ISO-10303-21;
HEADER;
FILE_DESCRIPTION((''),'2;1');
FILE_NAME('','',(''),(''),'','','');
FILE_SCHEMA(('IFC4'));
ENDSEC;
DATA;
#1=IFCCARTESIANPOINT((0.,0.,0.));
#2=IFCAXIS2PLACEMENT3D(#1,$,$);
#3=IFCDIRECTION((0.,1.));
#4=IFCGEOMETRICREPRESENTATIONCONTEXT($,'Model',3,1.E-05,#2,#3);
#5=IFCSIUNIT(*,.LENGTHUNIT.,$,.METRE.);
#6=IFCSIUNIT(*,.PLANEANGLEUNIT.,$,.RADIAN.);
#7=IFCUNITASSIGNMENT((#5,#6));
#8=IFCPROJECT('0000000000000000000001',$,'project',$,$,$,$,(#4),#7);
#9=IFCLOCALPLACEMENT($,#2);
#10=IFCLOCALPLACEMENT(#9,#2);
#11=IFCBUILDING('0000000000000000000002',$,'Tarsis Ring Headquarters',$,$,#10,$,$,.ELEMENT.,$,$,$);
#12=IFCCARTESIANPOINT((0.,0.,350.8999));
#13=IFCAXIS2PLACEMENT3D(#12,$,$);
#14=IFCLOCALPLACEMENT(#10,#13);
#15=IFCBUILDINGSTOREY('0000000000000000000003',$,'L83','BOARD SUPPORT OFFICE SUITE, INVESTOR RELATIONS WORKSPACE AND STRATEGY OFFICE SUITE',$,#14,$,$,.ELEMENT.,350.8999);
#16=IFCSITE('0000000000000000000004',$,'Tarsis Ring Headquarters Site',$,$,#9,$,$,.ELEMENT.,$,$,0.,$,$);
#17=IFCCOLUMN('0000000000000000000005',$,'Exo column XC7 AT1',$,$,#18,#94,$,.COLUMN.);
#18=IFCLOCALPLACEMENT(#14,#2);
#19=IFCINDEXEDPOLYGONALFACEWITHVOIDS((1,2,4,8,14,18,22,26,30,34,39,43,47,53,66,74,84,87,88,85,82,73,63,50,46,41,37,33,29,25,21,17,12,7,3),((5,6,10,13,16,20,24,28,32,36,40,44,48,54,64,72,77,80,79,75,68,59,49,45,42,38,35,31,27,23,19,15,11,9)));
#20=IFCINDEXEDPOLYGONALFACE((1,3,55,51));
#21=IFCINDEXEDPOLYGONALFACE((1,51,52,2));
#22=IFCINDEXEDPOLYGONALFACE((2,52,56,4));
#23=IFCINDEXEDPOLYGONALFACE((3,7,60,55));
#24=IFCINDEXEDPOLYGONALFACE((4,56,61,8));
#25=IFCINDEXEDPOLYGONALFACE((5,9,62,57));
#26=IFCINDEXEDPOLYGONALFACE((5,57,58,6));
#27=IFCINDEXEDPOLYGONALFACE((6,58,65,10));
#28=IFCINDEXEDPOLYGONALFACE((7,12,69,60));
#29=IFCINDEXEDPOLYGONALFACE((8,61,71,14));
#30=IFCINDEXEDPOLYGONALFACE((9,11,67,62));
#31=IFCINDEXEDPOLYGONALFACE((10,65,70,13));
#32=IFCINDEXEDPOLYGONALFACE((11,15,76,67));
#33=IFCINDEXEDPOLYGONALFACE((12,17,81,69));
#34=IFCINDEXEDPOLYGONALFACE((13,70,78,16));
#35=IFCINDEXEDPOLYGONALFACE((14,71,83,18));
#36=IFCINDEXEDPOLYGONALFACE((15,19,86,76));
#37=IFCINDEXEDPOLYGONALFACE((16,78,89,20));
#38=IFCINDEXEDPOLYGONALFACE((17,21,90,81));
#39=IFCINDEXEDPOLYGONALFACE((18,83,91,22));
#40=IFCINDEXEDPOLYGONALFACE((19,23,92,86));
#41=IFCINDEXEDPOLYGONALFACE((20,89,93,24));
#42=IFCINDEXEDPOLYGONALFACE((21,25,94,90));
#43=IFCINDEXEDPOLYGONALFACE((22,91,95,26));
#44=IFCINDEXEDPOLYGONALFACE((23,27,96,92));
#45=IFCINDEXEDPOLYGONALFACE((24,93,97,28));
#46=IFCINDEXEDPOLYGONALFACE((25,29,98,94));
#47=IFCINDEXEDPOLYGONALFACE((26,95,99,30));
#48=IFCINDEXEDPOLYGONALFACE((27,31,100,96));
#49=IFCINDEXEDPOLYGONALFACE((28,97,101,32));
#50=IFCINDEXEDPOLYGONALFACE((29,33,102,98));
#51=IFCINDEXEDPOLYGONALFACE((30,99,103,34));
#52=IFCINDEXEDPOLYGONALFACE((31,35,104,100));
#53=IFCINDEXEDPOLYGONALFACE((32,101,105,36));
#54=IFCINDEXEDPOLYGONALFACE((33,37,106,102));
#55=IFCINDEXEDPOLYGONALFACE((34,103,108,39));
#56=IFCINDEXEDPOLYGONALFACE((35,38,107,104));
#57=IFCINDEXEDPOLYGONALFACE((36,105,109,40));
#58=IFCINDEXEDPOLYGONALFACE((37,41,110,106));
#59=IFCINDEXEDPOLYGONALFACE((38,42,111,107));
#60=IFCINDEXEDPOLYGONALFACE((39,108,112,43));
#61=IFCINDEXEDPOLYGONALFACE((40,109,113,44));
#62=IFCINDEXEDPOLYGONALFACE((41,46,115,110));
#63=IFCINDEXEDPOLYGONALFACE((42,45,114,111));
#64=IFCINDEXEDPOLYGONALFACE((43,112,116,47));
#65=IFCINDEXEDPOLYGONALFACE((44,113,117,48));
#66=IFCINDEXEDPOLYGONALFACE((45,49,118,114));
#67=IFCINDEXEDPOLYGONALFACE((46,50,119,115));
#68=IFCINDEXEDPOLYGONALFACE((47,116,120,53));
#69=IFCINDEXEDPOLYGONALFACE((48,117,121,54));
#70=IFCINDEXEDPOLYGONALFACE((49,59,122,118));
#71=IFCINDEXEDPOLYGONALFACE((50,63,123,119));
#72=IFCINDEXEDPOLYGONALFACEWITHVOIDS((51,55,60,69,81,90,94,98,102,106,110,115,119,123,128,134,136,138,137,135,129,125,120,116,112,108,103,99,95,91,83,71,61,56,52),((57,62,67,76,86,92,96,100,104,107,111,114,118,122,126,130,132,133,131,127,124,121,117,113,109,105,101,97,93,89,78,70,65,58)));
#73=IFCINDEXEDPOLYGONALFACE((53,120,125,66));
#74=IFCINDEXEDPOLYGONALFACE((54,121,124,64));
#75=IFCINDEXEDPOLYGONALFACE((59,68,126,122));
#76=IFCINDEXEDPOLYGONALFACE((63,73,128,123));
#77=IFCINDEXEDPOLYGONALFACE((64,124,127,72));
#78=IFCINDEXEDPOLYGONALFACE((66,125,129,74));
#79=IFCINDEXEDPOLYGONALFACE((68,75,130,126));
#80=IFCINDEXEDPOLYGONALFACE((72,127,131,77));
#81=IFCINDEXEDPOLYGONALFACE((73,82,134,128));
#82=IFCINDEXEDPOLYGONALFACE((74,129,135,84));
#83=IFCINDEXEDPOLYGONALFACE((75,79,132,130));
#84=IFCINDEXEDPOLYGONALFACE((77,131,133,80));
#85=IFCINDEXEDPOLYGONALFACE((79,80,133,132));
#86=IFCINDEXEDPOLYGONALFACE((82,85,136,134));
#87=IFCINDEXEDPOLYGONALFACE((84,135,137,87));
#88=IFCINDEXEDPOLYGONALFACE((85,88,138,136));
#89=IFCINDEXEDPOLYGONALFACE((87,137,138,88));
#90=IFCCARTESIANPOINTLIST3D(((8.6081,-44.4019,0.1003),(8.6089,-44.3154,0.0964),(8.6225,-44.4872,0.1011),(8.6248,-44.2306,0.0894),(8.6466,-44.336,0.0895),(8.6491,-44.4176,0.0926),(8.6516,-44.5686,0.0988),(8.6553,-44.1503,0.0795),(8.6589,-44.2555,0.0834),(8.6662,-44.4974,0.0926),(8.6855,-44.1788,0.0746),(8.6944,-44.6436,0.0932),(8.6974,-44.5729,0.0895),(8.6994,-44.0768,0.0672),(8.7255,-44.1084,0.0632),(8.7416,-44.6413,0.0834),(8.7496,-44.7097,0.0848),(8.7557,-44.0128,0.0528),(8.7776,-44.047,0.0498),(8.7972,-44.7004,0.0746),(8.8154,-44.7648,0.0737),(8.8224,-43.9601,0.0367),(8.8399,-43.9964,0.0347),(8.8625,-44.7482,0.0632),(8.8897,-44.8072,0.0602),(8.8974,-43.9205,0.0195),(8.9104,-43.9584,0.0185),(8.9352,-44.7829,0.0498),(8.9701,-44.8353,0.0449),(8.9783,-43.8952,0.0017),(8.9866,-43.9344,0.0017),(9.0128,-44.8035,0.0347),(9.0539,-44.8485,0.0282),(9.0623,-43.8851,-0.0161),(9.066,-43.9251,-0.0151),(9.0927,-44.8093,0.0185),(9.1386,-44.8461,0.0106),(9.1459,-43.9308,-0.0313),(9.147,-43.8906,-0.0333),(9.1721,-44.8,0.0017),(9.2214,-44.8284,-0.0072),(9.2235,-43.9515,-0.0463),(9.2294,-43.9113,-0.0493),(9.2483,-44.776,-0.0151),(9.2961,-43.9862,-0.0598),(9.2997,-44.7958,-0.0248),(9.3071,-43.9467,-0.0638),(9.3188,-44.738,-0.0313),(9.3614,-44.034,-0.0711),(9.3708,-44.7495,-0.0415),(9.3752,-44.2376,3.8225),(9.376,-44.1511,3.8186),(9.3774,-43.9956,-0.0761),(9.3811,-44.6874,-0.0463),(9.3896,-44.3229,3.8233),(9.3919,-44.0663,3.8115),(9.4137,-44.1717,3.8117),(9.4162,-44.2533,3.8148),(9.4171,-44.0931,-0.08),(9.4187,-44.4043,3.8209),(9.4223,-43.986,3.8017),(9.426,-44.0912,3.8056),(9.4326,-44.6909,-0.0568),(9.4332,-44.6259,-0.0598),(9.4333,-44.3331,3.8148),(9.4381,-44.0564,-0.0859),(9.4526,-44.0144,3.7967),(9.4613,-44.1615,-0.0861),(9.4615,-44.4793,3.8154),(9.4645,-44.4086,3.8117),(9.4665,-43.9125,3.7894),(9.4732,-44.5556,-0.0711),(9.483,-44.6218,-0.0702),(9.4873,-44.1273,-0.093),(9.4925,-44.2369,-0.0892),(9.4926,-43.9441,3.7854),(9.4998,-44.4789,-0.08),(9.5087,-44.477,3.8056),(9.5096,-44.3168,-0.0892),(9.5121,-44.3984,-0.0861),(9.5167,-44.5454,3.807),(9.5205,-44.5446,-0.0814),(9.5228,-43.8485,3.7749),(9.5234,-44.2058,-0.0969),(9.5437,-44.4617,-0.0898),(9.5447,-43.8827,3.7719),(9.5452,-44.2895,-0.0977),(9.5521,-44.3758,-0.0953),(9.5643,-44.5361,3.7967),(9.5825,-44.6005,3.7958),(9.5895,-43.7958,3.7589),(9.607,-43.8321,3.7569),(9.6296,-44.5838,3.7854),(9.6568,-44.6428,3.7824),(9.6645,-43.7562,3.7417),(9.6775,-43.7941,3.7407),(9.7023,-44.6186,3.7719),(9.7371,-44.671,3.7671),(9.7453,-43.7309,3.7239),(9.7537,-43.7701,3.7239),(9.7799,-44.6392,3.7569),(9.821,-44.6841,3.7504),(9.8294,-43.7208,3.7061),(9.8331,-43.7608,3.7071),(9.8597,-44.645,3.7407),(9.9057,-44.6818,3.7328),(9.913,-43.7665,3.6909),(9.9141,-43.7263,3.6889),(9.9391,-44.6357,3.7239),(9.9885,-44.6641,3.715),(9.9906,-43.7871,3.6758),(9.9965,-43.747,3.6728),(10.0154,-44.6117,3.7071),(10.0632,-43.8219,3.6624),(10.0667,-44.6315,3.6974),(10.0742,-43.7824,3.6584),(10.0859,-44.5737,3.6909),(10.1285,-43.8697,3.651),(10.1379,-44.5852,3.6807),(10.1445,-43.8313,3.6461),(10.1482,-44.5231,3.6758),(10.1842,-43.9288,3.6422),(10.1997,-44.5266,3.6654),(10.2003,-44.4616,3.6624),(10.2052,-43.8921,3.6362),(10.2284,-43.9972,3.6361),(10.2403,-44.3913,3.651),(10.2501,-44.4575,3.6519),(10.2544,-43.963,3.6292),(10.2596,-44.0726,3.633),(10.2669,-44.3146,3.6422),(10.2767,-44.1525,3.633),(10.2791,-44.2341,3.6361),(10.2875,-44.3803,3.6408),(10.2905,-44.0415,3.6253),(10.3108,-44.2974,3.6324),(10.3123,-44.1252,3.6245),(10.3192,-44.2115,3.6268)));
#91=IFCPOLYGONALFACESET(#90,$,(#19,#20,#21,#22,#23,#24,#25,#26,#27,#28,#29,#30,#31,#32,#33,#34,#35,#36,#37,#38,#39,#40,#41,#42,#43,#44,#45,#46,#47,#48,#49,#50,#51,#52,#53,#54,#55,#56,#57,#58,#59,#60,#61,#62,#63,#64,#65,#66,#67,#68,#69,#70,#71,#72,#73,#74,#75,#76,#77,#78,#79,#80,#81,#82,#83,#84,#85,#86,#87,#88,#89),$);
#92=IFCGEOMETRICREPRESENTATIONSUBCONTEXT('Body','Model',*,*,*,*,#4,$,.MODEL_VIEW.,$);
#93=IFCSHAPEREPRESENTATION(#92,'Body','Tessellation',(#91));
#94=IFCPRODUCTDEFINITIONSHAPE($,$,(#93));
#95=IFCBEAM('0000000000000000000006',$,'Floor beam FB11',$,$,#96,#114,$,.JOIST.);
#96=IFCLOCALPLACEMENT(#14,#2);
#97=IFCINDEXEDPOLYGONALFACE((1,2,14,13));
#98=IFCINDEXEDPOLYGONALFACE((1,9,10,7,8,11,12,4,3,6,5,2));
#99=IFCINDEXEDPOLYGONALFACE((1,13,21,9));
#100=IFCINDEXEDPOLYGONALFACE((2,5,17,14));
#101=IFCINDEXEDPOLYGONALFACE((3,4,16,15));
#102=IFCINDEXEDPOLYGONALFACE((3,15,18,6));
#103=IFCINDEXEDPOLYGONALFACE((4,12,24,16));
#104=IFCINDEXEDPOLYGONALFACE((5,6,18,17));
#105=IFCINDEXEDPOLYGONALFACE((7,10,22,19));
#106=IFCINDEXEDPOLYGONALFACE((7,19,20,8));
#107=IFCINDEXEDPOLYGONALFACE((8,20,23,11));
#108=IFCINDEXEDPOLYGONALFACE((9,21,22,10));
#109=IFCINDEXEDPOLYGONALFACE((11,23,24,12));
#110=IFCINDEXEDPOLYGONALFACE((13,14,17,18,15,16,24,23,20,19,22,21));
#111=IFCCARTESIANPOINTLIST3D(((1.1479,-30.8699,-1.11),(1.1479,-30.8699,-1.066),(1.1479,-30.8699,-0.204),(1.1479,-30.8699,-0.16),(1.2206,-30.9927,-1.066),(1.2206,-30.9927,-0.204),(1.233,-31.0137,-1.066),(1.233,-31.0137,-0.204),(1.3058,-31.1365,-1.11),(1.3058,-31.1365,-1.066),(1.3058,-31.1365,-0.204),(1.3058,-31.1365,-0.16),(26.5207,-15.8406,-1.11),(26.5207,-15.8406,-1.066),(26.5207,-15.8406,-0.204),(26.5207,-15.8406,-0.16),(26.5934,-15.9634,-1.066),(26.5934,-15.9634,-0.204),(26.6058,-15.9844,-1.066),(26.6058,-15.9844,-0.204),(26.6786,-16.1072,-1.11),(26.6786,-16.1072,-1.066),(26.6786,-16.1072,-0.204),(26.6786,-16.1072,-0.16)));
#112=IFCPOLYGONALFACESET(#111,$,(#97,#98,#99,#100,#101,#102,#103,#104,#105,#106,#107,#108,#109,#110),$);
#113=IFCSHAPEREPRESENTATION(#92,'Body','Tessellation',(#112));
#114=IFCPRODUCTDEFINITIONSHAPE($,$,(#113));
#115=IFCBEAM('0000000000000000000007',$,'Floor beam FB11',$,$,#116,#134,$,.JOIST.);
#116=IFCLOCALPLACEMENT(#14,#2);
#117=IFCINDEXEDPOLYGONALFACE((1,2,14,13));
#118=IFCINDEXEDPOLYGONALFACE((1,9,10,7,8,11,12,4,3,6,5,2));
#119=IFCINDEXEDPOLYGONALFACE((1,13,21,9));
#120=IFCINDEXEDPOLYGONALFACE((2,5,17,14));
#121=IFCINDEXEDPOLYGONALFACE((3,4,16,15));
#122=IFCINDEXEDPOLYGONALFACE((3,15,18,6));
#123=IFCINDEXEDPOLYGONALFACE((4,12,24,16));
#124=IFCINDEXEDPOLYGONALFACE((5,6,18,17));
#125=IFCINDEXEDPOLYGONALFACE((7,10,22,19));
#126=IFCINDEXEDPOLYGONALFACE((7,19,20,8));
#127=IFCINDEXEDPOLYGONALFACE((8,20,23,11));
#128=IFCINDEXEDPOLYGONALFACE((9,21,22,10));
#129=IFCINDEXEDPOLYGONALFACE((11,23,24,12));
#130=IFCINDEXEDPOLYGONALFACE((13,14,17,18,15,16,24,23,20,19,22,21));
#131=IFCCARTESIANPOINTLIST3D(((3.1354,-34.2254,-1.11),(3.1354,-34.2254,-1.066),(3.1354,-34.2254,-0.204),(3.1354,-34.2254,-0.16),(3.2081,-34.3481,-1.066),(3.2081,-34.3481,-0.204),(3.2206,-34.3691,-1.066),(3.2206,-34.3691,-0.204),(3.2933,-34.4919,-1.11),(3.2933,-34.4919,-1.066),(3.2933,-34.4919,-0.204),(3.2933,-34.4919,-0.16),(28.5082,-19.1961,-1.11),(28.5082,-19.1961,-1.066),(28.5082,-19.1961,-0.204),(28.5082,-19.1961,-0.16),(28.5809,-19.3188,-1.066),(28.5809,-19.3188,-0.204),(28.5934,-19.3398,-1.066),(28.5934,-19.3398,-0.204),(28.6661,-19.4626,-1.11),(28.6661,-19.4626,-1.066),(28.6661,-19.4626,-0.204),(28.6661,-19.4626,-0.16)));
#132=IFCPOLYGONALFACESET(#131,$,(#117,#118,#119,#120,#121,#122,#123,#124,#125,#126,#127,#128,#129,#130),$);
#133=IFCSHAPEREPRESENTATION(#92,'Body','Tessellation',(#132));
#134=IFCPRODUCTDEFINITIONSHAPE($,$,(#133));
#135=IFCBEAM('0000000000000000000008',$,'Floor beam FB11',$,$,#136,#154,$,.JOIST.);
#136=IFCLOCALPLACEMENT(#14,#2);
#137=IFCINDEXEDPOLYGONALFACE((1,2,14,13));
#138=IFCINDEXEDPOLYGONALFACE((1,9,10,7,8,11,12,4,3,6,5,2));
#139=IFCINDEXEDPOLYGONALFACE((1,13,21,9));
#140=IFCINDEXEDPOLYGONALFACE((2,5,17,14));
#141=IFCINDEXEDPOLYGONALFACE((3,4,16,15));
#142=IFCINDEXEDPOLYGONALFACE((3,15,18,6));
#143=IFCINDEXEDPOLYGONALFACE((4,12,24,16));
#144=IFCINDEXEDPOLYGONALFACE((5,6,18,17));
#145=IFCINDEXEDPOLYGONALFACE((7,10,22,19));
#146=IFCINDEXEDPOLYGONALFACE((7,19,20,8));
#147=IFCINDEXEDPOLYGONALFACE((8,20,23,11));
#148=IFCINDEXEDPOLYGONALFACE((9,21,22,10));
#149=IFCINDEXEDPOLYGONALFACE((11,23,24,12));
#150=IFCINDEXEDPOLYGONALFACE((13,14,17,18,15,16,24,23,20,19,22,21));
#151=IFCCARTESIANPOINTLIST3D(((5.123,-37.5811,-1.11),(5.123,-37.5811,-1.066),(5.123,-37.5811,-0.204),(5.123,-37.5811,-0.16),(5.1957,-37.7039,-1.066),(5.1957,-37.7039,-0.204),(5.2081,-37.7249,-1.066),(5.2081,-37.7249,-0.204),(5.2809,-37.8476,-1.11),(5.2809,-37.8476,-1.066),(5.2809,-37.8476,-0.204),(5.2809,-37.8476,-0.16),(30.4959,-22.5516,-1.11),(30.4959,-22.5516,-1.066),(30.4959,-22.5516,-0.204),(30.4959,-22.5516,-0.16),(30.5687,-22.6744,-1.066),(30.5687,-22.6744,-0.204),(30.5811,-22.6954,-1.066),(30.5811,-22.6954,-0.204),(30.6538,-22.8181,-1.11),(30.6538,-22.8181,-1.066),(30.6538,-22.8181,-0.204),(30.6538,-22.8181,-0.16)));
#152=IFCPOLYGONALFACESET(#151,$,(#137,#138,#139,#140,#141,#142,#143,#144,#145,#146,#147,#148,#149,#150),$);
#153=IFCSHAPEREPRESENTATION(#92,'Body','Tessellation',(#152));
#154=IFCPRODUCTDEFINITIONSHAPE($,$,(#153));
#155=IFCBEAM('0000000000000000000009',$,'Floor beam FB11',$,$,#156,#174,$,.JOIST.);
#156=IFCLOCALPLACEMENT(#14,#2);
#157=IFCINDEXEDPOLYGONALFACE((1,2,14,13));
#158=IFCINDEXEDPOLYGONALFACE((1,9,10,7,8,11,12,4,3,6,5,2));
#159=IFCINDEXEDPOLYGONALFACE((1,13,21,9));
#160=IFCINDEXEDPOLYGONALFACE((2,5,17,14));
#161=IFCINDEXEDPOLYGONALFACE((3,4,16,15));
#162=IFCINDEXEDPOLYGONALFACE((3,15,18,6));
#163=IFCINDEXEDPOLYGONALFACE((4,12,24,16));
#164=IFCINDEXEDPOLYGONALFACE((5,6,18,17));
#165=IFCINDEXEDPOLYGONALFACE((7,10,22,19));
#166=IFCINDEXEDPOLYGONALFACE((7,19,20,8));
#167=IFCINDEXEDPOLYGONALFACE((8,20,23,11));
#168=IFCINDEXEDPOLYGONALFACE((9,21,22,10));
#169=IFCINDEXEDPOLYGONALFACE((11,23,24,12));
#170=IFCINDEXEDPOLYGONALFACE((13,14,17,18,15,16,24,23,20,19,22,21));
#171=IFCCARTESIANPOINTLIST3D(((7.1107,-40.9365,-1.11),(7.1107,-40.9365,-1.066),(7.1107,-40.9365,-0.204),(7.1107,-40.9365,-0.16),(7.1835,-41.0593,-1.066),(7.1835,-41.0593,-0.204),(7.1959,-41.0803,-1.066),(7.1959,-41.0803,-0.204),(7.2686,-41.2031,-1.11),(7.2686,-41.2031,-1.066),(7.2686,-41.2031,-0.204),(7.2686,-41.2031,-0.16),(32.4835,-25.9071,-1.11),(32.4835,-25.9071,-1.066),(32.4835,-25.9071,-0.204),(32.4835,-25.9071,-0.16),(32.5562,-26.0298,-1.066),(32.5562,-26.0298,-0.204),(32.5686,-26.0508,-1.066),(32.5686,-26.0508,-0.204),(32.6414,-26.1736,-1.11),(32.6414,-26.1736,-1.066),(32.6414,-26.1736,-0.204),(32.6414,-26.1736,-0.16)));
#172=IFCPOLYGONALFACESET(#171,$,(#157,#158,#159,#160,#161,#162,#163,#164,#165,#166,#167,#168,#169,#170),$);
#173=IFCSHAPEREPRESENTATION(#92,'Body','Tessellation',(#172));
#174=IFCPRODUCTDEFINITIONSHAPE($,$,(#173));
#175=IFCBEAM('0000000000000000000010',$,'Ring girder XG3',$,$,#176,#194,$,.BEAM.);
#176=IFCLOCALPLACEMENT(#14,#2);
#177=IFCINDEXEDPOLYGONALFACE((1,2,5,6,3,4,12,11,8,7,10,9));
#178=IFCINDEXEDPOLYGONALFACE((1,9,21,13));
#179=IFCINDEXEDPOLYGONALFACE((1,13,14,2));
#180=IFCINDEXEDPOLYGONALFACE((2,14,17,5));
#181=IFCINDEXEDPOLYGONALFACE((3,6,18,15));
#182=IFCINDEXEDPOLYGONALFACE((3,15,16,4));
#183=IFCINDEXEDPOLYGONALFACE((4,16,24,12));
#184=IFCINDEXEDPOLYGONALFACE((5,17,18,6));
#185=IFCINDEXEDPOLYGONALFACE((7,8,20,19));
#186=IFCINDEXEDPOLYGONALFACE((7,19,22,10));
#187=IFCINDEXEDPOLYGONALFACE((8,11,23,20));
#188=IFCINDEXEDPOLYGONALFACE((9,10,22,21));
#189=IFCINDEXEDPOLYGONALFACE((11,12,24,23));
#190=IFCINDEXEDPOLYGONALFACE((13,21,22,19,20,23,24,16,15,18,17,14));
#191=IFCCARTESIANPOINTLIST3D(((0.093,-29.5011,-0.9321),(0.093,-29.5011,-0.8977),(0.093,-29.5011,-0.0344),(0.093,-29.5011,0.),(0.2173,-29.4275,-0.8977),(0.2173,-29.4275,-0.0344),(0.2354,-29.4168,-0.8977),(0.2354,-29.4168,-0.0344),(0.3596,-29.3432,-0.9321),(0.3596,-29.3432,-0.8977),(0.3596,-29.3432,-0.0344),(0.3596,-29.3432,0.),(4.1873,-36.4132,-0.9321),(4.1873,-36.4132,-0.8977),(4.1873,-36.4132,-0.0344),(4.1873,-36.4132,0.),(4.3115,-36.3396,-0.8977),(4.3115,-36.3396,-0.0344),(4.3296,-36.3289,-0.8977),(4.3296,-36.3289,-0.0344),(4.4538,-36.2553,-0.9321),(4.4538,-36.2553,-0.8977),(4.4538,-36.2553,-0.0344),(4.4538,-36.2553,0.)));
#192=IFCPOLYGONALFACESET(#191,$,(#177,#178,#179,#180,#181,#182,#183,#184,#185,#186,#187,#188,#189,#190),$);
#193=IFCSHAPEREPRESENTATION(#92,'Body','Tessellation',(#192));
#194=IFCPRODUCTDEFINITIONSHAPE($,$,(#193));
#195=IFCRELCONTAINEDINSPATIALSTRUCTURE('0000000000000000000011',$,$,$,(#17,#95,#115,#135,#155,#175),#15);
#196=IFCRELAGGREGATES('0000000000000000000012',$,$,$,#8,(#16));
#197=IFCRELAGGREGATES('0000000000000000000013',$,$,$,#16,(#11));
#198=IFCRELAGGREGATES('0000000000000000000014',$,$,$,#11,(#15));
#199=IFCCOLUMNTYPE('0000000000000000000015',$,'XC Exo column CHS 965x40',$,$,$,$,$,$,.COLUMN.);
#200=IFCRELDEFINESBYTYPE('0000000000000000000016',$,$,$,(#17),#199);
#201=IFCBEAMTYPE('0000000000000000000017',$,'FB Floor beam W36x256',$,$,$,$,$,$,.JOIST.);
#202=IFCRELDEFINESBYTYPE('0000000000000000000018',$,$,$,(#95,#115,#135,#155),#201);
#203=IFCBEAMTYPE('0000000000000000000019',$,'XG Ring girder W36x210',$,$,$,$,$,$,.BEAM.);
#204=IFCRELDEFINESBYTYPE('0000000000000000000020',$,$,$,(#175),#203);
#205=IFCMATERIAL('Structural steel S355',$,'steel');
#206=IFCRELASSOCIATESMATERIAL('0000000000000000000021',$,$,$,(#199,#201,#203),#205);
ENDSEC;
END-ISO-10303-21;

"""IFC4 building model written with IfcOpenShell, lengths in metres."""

from ifc_helpers import new_model, si_unit, direction, frame, origin, origin_2d, place, context, subcontext, project, spatial, hollow_circle, i_section, extrude, material, material_profile, profile_set, type_object, element, save


model = new_model("IFC4")

# Units and contexts
model_context = context("Model", 3, precision=1e-05, world=origin(), true_north=direction((0.0, 1.0)))
body_context = subcontext(model_context, "Body", "Model", "MODEL_VIEW")
ifc_project = project(units=[si_unit("LENGTHUNIT", "METRE"), si_unit("PLANEANGLEUNIT", "RADIAN")], contexts=[model_context])

# Site, building, storey
site_placement = place(None, origin())
site = spatial("IfcSite", under=ifc_project, at=site_placement, Name="Tarsis Ring Headquarters Site", CompositionType="ELEMENT", RefElevation=0.0)
building_placement = place(site_placement, origin())
building = spatial("IfcBuilding", under=site, at=building_placement, Name="Tarsis Ring Headquarters", CompositionType="ELEMENT")
storey_placement = place(building_placement, frame((0.0, 0.0, 350.8999)))
storey = spatial("IfcBuildingStorey", under=building, at=storey_placement, Name="L83", Description="BOARD SUPPORT OFFICE SUITE, INVESTOR RELATIONS WORKSPACE AND STRATEGY OFFICE SUITE", CompositionType="ELEMENT", Elevation=350.8999)

# Column
ifc_material_1 = material(Name="Structural steel S355", Category="steel")
ifc_material_profile_1 = material_profile(ifc_material_1, hollow_circle(Radius=0.4827, WallThickness=0.04, at=origin_2d()), Name="CHS 965x40")
ifc_profile_set_1 = profile_set([ifc_material_profile_1], Name="Structural steel S355")
column_type = type_object("IfcColumnType", Name="XC Exo column CHS 965x40", PredefinedType="COLUMN", material=ifc_profile_set_1)
column_1_placement = place(storey_placement, frame((9.0793, -44.3672, 0.0017), z_axis=(0.201657, 0.043194, 0.978503), x_axis=(-0.209444, 0.977821, 0.0)))
element("IfcColumn", 1, at=column_1_placement, inside=storey, type_object=column_type, Name="Exo column XC7 AT1", PredefinedType="COLUMN", context=body_context, shape_type="SweptSolid", body=[
    extrude(hollow_circle(Radius=0.4827, WallThickness=0.04, at=origin_2d()), origin(), (0.0, 0.0, 1.0), 3.804),
])

# Beams
ifc_material_profile_2 = material_profile(ifc_material_1, i_section(OverallWidth=0.3098, OverallDepth=0.95, WebThickness=0.0244, FlangeThickness=0.0439, at=origin_2d()), Name="W36x256")
ifc_profile_set_2 = profile_set([ifc_material_profile_2], Name="Structural steel S355")
beam_type_1 = type_object("IfcBeamType", Name="FB Floor beam W36x256", PredefinedType="JOIST", material=ifc_profile_set_2)
for number, where, z_axis, x_axis, name in (
    (2, (1.2268, -31.0032, -0.635), (0.860387, 0.509641, 0.0), (-0.509641, 0.860387, 0.0), "Floor beam FB11"),
    (3, (3.2144, -34.3586, -0.635), (0.860387, 0.509641, 0.0), (-0.509641, 0.860387, 0.0), "Floor beam FB11"),
):
    element("IfcBeam", number, at=place(storey_placement, frame(where, z_axis=z_axis, x_axis=x_axis)), inside=storey, type_object=beam_type_1, Name=name, PredefinedType="JOIST", context=body_context, shape_type="SweptSolid", body=[
        extrude(i_section(OverallWidth=0.3098, OverallDepth=0.95, WebThickness=0.0244, FlangeThickness=0.0439, at=origin_2d()), origin(), (0.0, 0.0, 1.0), 29.49),
    ])
beam_1_placement = place(storey_placement, frame((5.2019, -37.7144, -0.635), z_axis=(0.860386, 0.509643, 0.0), x_axis=(-0.509643, 0.860386, 0.0)))
element("IfcBeam", 4, at=beam_1_placement, inside=storey, type_object=beam_type_1, Name="Floor beam FB11", PredefinedType="JOIST", context=body_context, shape_type="SweptSolid", body=[
    extrude(i_section(OverallWidth=0.3098, OverallDepth=0.95, WebThickness=0.0244, FlangeThickness=0.0439, at=origin_2d()), origin(), (0.0, 0.0, 1.0), 29.4902),
])
beam_2_placement = place(storey_placement, frame((7.1897, -41.0698, -0.635), z_axis=(0.860384, 0.509647, 0.0), x_axis=(-0.509647, 0.860384, 0.0)))
element("IfcBeam", 5, at=beam_2_placement, inside=storey, type_object=beam_type_1, Name="Floor beam FB11", PredefinedType="JOIST", context=body_context, shape_type="SweptSolid", body=[
    extrude(i_section(OverallWidth=0.3098, OverallDepth=0.95, WebThickness=0.0244, FlangeThickness=0.0439, at=origin_2d()), origin(), (0.0, 0.0, 1.0), 29.49),
])
ifc_material_profile_3 = material_profile(ifc_material_1, i_section(OverallWidth=0.3098, OverallDepth=0.9321, WebThickness=0.021, FlangeThickness=0.0344, at=origin_2d()), Name="W36x210")
ifc_profile_set_3 = profile_set([ifc_material_profile_3], Name="Structural steel S355")
beam_type_2 = type_object("IfcBeamType", Name="XG Ring girder W36x210", PredefinedType="BEAM", material=ifc_profile_set_3)
for number, where, z_axis, x_axis, name in (
    (6, (0.2263, -29.4221, -0.4661), (0.509634, -0.860391, 0.0), (0.860391, 0.509634, 0.0), "Ring girder XG3"),
):
    element("IfcBeam", number, at=place(storey_placement, frame(where, z_axis=z_axis, x_axis=x_axis)), inside=storey, type_object=beam_type_2, Name=name, PredefinedType="BEAM", context=body_context, shape_type="SweptSolid", body=[
        extrude(i_section(OverallWidth=0.3098, OverallDepth=0.9321, WebThickness=0.021, FlangeThickness=0.0344, at=origin_2d()), origin(), (0.0, 0.0, 1.0), 8.0337),
    ])

save(model, "model.ifc")
